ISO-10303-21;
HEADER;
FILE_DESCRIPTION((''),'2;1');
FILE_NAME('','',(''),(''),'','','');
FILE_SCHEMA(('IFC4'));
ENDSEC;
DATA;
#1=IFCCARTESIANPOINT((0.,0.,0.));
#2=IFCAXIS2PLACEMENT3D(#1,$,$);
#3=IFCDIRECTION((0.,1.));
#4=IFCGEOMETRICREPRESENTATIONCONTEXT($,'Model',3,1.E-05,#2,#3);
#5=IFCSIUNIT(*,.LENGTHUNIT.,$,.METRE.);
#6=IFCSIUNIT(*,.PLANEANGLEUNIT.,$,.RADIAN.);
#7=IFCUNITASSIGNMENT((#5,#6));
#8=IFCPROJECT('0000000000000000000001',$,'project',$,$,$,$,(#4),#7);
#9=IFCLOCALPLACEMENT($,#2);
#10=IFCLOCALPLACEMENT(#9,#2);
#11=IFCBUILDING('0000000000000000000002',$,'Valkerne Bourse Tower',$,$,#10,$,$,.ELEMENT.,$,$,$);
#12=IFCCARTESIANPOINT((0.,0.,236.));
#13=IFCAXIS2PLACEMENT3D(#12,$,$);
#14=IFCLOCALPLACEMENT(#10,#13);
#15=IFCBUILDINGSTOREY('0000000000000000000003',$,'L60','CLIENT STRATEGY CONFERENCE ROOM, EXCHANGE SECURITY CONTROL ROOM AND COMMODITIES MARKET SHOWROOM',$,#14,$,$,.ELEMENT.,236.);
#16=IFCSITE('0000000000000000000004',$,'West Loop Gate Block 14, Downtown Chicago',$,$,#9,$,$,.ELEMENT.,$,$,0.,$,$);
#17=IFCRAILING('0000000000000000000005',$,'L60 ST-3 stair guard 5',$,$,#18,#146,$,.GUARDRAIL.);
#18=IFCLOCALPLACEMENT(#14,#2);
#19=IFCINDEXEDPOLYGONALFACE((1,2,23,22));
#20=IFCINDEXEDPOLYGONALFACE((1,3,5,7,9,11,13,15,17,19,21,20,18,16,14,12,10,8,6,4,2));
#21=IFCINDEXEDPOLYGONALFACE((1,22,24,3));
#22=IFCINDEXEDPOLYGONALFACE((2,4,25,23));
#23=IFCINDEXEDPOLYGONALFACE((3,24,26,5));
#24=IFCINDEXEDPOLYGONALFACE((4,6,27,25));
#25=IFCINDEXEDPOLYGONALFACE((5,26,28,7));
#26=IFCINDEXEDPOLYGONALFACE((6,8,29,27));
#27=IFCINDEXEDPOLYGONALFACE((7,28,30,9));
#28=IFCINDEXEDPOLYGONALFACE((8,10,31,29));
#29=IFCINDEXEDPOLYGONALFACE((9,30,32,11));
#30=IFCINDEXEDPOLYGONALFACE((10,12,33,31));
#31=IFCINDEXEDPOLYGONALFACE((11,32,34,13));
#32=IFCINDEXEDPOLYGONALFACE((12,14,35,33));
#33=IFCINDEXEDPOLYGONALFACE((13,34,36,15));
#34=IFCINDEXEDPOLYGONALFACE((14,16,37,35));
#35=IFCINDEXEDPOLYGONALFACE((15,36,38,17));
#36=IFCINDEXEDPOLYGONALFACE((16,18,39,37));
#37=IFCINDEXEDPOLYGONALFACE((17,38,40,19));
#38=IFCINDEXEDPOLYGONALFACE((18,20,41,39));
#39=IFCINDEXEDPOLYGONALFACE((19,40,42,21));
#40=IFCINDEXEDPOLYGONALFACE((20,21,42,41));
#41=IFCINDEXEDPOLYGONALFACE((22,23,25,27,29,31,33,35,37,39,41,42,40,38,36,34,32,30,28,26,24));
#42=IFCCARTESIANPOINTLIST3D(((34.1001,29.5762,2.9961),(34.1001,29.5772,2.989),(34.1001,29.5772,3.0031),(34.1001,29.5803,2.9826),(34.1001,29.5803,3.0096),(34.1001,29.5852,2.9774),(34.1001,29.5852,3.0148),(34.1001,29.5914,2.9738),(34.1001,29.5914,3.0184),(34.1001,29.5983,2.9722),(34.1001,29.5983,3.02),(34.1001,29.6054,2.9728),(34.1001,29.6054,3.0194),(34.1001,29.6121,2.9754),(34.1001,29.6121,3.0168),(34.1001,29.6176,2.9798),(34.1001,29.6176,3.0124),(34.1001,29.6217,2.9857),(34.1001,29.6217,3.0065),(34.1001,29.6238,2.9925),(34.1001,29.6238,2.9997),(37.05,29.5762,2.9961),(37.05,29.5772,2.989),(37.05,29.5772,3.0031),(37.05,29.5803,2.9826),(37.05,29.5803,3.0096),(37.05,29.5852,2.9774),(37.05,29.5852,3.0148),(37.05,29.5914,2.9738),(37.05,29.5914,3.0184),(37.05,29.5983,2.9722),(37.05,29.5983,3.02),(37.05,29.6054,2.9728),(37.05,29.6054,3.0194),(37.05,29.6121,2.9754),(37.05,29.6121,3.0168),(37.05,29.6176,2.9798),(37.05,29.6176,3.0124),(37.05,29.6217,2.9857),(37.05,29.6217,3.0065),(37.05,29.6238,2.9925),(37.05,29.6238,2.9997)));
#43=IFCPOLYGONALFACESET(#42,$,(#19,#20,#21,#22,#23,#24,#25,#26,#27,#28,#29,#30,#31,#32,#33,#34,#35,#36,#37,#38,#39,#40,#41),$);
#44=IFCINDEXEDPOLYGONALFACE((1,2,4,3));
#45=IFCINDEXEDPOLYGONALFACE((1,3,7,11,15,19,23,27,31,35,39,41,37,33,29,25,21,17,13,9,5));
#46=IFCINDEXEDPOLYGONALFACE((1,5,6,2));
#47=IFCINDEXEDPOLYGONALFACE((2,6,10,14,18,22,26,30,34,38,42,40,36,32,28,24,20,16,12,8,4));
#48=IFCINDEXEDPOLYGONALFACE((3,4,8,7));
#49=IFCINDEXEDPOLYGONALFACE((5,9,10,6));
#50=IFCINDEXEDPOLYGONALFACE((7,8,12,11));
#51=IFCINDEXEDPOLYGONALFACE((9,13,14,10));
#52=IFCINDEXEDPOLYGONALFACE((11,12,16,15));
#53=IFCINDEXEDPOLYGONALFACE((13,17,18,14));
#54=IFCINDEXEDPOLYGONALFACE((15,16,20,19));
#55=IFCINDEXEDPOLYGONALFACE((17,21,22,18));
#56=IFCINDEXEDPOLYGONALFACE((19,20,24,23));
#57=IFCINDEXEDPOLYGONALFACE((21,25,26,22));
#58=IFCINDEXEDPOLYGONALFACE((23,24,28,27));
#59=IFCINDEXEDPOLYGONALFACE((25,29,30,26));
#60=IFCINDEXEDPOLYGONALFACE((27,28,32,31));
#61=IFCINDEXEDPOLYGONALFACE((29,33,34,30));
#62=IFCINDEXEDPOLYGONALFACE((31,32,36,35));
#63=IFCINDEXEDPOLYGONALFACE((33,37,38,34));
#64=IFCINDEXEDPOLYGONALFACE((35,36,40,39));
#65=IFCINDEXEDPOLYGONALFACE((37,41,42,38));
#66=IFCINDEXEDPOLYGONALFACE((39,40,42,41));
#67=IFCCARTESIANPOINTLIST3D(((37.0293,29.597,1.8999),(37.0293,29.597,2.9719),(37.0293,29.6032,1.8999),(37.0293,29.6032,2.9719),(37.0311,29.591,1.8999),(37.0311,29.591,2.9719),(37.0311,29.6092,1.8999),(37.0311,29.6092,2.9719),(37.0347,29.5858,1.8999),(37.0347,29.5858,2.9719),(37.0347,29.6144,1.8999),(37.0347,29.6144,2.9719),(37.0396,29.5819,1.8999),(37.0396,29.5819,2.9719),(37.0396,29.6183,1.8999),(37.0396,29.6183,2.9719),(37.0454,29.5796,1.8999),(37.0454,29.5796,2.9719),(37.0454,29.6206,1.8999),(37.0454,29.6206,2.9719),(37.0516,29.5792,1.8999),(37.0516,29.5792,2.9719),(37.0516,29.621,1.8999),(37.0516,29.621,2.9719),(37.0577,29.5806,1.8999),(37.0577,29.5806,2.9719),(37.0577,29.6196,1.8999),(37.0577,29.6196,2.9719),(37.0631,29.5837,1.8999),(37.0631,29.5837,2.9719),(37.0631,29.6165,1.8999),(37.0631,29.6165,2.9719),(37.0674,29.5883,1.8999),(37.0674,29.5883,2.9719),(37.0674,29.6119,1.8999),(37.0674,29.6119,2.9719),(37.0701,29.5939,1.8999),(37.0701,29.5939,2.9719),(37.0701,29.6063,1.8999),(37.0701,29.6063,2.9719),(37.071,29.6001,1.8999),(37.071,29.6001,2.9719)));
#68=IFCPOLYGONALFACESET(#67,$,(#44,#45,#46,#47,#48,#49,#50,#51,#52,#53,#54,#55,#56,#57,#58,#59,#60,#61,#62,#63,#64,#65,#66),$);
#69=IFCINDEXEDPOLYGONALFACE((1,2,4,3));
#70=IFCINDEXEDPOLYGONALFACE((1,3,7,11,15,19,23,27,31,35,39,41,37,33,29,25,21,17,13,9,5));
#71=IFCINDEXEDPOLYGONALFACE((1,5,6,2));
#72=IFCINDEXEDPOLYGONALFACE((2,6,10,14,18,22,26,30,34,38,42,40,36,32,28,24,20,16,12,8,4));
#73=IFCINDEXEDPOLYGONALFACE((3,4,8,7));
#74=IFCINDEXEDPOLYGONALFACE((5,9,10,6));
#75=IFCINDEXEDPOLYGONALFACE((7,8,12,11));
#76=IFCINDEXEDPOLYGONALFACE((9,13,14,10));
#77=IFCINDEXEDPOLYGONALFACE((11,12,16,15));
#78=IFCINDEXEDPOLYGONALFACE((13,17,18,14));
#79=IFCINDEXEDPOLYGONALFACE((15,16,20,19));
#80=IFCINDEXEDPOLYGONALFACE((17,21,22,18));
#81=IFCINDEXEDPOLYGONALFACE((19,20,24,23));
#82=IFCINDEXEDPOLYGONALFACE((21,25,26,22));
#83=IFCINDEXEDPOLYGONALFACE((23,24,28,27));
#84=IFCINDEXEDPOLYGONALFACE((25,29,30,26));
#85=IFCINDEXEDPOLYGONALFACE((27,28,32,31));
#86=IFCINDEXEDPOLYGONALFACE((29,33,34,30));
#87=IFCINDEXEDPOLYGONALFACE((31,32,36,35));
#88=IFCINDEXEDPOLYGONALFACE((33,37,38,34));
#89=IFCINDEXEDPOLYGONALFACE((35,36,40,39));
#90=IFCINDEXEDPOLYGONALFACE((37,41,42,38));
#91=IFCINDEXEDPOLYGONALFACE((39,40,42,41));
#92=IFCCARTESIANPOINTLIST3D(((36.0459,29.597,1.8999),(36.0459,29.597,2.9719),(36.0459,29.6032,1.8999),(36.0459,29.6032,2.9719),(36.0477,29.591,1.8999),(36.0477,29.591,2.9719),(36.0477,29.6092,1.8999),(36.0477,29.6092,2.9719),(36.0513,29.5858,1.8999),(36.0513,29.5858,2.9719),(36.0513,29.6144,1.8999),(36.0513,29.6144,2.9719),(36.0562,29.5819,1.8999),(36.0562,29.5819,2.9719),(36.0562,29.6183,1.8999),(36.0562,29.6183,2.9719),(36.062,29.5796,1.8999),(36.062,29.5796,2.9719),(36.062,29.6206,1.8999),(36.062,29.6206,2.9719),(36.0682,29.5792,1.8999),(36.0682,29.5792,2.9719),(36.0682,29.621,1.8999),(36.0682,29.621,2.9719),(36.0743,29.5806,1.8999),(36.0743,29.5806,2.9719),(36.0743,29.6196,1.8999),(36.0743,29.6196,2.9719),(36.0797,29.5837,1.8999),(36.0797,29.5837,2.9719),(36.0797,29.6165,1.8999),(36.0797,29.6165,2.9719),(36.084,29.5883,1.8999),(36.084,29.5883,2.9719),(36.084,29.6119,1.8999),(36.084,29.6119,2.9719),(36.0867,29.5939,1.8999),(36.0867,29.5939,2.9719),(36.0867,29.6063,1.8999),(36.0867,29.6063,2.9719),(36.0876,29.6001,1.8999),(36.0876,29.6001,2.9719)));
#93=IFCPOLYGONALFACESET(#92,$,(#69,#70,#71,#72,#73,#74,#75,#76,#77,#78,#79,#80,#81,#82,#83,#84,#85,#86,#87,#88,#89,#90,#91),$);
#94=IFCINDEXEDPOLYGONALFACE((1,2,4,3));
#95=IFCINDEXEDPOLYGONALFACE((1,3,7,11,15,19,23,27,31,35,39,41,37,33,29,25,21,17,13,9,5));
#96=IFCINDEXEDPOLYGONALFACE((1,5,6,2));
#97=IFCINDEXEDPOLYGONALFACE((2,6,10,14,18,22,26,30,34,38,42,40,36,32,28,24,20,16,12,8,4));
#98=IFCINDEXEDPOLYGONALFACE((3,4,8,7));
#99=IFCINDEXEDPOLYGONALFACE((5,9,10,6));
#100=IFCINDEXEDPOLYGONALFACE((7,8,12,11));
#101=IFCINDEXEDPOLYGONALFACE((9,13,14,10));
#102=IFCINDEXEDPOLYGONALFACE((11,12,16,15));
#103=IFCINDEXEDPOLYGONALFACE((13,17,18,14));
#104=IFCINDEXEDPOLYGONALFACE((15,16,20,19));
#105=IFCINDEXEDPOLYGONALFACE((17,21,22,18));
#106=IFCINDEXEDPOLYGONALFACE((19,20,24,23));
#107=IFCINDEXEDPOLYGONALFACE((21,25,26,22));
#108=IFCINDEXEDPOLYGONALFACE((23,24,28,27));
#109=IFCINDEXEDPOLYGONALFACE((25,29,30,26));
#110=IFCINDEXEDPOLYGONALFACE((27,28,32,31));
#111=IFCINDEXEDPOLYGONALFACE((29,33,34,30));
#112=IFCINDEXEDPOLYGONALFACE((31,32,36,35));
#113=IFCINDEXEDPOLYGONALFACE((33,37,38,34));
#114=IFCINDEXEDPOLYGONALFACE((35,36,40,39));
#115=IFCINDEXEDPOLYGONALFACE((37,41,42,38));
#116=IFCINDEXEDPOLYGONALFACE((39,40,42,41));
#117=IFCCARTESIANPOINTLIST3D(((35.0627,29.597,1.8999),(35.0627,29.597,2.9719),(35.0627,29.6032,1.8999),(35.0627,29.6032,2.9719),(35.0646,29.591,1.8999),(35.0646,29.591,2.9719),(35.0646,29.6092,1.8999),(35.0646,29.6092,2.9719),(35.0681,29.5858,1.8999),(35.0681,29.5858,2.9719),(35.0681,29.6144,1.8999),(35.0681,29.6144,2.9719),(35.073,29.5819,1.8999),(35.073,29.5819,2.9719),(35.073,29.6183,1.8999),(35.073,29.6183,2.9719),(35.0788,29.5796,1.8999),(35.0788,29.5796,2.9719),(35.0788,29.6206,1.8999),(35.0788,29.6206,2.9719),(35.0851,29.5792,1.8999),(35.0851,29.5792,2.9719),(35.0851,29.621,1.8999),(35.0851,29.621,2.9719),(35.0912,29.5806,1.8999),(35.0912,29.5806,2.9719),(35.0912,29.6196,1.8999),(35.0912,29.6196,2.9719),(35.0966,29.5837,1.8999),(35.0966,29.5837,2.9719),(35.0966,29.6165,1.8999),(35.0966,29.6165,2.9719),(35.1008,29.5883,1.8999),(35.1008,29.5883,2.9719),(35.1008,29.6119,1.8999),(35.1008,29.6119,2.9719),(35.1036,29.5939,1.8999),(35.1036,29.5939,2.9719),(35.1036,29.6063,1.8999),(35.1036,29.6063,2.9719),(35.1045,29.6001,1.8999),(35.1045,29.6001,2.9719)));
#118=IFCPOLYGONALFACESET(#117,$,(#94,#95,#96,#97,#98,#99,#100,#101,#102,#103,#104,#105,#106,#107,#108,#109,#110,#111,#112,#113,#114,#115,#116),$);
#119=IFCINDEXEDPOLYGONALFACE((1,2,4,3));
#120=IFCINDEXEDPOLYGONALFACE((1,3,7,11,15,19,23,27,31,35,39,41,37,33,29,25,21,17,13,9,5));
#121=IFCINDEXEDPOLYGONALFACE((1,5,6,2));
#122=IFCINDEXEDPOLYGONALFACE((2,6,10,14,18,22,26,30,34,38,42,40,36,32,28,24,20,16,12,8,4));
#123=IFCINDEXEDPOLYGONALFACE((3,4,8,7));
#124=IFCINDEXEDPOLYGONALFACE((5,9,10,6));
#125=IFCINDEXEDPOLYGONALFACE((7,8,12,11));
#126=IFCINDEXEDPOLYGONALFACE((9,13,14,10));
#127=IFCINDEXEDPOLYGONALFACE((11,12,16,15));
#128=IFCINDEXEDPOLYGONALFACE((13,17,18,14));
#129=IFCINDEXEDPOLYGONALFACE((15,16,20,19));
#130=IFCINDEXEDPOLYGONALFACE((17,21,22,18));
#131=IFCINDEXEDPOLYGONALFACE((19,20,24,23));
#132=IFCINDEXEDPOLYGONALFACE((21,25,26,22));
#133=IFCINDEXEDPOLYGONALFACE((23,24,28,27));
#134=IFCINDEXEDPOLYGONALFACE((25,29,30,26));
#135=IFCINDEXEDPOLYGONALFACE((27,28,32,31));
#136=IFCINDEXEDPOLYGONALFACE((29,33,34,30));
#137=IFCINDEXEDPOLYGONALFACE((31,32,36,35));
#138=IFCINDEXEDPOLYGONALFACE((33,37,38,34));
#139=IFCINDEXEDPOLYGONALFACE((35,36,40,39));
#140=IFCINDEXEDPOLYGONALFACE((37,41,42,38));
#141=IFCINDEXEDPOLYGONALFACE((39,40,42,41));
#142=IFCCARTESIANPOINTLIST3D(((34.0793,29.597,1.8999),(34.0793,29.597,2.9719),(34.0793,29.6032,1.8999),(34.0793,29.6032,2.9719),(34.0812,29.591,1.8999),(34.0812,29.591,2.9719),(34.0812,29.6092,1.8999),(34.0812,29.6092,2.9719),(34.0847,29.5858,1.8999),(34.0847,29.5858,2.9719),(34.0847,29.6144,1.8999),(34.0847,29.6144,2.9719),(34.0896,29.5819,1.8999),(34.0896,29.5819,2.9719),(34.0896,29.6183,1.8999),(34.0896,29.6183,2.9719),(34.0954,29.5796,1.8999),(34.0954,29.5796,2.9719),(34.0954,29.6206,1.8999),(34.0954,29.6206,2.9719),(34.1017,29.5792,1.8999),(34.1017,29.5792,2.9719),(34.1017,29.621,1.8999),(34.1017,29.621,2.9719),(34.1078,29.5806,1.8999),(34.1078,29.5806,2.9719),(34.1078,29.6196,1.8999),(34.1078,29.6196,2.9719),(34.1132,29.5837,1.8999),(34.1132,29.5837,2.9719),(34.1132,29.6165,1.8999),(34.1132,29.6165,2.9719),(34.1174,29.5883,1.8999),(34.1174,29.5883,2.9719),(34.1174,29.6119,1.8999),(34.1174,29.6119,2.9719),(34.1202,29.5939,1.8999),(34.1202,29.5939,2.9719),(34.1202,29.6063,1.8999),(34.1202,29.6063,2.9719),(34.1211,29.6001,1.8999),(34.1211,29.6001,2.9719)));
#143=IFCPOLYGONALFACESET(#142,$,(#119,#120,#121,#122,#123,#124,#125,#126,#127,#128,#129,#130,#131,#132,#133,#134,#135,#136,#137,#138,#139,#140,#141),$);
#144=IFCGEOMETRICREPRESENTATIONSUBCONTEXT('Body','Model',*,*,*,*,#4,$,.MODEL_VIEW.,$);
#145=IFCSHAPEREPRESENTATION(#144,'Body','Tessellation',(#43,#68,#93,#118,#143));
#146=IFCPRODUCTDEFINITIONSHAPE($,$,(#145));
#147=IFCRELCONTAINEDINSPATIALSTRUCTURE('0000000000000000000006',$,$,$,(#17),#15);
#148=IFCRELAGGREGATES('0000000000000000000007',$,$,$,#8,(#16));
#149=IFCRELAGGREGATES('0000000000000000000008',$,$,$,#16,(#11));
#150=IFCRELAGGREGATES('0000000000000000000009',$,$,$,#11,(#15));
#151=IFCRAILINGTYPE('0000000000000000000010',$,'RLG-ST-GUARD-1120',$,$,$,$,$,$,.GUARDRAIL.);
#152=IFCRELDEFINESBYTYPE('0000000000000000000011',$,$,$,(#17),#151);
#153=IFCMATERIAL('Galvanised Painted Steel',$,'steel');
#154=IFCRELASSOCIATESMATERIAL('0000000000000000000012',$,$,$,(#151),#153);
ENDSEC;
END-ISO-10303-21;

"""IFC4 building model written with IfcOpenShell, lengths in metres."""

from ifc_helpers import new_model, si_unit, direction, frame, origin, origin_2d, place, context, subcontext, project, spatial, circle, extrude, material, type_object, element, save


model = new_model("IFC4")

# Units and contexts
model_context = context("Model", 3, precision=1e-05, world=origin(), true_north=direction((0.0, 1.0)))
body_context = subcontext(model_context, "Body", "Model", "MODEL_VIEW")
ifc_project = project(units=[si_unit("LENGTHUNIT", "METRE"), si_unit("PLANEANGLEUNIT", "RADIAN")], contexts=[model_context])

# Site, building, storey
site_placement = place(None, origin())
site = spatial("IfcSite", under=ifc_project, at=site_placement, Name="West Loop Gate Block 14, Downtown Chicago", CompositionType="ELEMENT", RefElevation=0.0)
building_placement = place(site_placement, origin())
building = spatial("IfcBuilding", under=site, at=building_placement, Name="Valkerne Bourse Tower", CompositionType="ELEMENT")
storey_placement = place(building_placement, frame((0.0, 0.0, 236.0)))
storey = spatial("IfcBuildingStorey", under=building, at=storey_placement, Name="L60", Description="CLIENT STRATEGY CONFERENCE ROOM, EXCHANGE SECURITY CONTROL ROOM AND COMMODITIES MARKET SHOWROOM", CompositionType="ELEMENT", Elevation=236.0)

# Shared definitions
ifc_material_1 = material(Name="Galvanised Painted Steel", Category="steel")

# Railing
railing_type = type_object("IfcRailingType", Name="RLG-ST-GUARD-1120", PredefinedType="GUARDRAIL", material=ifc_material_1)
railing_1_placement = place(storey_placement, frame((37.05, 29.6001, 1.8999)))
element("IfcRailing", 1, at=railing_1_placement, inside=storey, type_object=railing_type, Name="L60 ST-3 stair guard 5", PredefinedType="GUARDRAIL", context=body_context, shape_type="SweptSolid", body=[
    extrude(circle(Radius=0.0239, at=origin_2d()), frame((0.0, 0.0, 1.0962), z_axis=(-1.0, 0.0, 0.0), x_axis=(0.0, -1.0, 0.0)), (0.0, 0.0, 1.0), 2.95),
    extrude(circle(Radius=0.021, at=origin_2d()), origin(), (0.0, 0.0, 1.0), 1.072),
    extrude(circle(Radius=0.021, at=origin_2d()), frame((-0.9834, 0.0, 0.0)), (0.0, 0.0, 1.0), 1.072),
    extrude(circle(Radius=0.021, at=origin_2d()), frame((-1.9666, 0.0, 0.0)), (0.0, 0.0, 1.0), 1.072),
    extrude(circle(Radius=0.021, at=origin_2d()), frame((-2.95, 0.0, 0.0)), (0.0, 0.0, 1.0), 1.072),
])

save(model, "model.ifc")
